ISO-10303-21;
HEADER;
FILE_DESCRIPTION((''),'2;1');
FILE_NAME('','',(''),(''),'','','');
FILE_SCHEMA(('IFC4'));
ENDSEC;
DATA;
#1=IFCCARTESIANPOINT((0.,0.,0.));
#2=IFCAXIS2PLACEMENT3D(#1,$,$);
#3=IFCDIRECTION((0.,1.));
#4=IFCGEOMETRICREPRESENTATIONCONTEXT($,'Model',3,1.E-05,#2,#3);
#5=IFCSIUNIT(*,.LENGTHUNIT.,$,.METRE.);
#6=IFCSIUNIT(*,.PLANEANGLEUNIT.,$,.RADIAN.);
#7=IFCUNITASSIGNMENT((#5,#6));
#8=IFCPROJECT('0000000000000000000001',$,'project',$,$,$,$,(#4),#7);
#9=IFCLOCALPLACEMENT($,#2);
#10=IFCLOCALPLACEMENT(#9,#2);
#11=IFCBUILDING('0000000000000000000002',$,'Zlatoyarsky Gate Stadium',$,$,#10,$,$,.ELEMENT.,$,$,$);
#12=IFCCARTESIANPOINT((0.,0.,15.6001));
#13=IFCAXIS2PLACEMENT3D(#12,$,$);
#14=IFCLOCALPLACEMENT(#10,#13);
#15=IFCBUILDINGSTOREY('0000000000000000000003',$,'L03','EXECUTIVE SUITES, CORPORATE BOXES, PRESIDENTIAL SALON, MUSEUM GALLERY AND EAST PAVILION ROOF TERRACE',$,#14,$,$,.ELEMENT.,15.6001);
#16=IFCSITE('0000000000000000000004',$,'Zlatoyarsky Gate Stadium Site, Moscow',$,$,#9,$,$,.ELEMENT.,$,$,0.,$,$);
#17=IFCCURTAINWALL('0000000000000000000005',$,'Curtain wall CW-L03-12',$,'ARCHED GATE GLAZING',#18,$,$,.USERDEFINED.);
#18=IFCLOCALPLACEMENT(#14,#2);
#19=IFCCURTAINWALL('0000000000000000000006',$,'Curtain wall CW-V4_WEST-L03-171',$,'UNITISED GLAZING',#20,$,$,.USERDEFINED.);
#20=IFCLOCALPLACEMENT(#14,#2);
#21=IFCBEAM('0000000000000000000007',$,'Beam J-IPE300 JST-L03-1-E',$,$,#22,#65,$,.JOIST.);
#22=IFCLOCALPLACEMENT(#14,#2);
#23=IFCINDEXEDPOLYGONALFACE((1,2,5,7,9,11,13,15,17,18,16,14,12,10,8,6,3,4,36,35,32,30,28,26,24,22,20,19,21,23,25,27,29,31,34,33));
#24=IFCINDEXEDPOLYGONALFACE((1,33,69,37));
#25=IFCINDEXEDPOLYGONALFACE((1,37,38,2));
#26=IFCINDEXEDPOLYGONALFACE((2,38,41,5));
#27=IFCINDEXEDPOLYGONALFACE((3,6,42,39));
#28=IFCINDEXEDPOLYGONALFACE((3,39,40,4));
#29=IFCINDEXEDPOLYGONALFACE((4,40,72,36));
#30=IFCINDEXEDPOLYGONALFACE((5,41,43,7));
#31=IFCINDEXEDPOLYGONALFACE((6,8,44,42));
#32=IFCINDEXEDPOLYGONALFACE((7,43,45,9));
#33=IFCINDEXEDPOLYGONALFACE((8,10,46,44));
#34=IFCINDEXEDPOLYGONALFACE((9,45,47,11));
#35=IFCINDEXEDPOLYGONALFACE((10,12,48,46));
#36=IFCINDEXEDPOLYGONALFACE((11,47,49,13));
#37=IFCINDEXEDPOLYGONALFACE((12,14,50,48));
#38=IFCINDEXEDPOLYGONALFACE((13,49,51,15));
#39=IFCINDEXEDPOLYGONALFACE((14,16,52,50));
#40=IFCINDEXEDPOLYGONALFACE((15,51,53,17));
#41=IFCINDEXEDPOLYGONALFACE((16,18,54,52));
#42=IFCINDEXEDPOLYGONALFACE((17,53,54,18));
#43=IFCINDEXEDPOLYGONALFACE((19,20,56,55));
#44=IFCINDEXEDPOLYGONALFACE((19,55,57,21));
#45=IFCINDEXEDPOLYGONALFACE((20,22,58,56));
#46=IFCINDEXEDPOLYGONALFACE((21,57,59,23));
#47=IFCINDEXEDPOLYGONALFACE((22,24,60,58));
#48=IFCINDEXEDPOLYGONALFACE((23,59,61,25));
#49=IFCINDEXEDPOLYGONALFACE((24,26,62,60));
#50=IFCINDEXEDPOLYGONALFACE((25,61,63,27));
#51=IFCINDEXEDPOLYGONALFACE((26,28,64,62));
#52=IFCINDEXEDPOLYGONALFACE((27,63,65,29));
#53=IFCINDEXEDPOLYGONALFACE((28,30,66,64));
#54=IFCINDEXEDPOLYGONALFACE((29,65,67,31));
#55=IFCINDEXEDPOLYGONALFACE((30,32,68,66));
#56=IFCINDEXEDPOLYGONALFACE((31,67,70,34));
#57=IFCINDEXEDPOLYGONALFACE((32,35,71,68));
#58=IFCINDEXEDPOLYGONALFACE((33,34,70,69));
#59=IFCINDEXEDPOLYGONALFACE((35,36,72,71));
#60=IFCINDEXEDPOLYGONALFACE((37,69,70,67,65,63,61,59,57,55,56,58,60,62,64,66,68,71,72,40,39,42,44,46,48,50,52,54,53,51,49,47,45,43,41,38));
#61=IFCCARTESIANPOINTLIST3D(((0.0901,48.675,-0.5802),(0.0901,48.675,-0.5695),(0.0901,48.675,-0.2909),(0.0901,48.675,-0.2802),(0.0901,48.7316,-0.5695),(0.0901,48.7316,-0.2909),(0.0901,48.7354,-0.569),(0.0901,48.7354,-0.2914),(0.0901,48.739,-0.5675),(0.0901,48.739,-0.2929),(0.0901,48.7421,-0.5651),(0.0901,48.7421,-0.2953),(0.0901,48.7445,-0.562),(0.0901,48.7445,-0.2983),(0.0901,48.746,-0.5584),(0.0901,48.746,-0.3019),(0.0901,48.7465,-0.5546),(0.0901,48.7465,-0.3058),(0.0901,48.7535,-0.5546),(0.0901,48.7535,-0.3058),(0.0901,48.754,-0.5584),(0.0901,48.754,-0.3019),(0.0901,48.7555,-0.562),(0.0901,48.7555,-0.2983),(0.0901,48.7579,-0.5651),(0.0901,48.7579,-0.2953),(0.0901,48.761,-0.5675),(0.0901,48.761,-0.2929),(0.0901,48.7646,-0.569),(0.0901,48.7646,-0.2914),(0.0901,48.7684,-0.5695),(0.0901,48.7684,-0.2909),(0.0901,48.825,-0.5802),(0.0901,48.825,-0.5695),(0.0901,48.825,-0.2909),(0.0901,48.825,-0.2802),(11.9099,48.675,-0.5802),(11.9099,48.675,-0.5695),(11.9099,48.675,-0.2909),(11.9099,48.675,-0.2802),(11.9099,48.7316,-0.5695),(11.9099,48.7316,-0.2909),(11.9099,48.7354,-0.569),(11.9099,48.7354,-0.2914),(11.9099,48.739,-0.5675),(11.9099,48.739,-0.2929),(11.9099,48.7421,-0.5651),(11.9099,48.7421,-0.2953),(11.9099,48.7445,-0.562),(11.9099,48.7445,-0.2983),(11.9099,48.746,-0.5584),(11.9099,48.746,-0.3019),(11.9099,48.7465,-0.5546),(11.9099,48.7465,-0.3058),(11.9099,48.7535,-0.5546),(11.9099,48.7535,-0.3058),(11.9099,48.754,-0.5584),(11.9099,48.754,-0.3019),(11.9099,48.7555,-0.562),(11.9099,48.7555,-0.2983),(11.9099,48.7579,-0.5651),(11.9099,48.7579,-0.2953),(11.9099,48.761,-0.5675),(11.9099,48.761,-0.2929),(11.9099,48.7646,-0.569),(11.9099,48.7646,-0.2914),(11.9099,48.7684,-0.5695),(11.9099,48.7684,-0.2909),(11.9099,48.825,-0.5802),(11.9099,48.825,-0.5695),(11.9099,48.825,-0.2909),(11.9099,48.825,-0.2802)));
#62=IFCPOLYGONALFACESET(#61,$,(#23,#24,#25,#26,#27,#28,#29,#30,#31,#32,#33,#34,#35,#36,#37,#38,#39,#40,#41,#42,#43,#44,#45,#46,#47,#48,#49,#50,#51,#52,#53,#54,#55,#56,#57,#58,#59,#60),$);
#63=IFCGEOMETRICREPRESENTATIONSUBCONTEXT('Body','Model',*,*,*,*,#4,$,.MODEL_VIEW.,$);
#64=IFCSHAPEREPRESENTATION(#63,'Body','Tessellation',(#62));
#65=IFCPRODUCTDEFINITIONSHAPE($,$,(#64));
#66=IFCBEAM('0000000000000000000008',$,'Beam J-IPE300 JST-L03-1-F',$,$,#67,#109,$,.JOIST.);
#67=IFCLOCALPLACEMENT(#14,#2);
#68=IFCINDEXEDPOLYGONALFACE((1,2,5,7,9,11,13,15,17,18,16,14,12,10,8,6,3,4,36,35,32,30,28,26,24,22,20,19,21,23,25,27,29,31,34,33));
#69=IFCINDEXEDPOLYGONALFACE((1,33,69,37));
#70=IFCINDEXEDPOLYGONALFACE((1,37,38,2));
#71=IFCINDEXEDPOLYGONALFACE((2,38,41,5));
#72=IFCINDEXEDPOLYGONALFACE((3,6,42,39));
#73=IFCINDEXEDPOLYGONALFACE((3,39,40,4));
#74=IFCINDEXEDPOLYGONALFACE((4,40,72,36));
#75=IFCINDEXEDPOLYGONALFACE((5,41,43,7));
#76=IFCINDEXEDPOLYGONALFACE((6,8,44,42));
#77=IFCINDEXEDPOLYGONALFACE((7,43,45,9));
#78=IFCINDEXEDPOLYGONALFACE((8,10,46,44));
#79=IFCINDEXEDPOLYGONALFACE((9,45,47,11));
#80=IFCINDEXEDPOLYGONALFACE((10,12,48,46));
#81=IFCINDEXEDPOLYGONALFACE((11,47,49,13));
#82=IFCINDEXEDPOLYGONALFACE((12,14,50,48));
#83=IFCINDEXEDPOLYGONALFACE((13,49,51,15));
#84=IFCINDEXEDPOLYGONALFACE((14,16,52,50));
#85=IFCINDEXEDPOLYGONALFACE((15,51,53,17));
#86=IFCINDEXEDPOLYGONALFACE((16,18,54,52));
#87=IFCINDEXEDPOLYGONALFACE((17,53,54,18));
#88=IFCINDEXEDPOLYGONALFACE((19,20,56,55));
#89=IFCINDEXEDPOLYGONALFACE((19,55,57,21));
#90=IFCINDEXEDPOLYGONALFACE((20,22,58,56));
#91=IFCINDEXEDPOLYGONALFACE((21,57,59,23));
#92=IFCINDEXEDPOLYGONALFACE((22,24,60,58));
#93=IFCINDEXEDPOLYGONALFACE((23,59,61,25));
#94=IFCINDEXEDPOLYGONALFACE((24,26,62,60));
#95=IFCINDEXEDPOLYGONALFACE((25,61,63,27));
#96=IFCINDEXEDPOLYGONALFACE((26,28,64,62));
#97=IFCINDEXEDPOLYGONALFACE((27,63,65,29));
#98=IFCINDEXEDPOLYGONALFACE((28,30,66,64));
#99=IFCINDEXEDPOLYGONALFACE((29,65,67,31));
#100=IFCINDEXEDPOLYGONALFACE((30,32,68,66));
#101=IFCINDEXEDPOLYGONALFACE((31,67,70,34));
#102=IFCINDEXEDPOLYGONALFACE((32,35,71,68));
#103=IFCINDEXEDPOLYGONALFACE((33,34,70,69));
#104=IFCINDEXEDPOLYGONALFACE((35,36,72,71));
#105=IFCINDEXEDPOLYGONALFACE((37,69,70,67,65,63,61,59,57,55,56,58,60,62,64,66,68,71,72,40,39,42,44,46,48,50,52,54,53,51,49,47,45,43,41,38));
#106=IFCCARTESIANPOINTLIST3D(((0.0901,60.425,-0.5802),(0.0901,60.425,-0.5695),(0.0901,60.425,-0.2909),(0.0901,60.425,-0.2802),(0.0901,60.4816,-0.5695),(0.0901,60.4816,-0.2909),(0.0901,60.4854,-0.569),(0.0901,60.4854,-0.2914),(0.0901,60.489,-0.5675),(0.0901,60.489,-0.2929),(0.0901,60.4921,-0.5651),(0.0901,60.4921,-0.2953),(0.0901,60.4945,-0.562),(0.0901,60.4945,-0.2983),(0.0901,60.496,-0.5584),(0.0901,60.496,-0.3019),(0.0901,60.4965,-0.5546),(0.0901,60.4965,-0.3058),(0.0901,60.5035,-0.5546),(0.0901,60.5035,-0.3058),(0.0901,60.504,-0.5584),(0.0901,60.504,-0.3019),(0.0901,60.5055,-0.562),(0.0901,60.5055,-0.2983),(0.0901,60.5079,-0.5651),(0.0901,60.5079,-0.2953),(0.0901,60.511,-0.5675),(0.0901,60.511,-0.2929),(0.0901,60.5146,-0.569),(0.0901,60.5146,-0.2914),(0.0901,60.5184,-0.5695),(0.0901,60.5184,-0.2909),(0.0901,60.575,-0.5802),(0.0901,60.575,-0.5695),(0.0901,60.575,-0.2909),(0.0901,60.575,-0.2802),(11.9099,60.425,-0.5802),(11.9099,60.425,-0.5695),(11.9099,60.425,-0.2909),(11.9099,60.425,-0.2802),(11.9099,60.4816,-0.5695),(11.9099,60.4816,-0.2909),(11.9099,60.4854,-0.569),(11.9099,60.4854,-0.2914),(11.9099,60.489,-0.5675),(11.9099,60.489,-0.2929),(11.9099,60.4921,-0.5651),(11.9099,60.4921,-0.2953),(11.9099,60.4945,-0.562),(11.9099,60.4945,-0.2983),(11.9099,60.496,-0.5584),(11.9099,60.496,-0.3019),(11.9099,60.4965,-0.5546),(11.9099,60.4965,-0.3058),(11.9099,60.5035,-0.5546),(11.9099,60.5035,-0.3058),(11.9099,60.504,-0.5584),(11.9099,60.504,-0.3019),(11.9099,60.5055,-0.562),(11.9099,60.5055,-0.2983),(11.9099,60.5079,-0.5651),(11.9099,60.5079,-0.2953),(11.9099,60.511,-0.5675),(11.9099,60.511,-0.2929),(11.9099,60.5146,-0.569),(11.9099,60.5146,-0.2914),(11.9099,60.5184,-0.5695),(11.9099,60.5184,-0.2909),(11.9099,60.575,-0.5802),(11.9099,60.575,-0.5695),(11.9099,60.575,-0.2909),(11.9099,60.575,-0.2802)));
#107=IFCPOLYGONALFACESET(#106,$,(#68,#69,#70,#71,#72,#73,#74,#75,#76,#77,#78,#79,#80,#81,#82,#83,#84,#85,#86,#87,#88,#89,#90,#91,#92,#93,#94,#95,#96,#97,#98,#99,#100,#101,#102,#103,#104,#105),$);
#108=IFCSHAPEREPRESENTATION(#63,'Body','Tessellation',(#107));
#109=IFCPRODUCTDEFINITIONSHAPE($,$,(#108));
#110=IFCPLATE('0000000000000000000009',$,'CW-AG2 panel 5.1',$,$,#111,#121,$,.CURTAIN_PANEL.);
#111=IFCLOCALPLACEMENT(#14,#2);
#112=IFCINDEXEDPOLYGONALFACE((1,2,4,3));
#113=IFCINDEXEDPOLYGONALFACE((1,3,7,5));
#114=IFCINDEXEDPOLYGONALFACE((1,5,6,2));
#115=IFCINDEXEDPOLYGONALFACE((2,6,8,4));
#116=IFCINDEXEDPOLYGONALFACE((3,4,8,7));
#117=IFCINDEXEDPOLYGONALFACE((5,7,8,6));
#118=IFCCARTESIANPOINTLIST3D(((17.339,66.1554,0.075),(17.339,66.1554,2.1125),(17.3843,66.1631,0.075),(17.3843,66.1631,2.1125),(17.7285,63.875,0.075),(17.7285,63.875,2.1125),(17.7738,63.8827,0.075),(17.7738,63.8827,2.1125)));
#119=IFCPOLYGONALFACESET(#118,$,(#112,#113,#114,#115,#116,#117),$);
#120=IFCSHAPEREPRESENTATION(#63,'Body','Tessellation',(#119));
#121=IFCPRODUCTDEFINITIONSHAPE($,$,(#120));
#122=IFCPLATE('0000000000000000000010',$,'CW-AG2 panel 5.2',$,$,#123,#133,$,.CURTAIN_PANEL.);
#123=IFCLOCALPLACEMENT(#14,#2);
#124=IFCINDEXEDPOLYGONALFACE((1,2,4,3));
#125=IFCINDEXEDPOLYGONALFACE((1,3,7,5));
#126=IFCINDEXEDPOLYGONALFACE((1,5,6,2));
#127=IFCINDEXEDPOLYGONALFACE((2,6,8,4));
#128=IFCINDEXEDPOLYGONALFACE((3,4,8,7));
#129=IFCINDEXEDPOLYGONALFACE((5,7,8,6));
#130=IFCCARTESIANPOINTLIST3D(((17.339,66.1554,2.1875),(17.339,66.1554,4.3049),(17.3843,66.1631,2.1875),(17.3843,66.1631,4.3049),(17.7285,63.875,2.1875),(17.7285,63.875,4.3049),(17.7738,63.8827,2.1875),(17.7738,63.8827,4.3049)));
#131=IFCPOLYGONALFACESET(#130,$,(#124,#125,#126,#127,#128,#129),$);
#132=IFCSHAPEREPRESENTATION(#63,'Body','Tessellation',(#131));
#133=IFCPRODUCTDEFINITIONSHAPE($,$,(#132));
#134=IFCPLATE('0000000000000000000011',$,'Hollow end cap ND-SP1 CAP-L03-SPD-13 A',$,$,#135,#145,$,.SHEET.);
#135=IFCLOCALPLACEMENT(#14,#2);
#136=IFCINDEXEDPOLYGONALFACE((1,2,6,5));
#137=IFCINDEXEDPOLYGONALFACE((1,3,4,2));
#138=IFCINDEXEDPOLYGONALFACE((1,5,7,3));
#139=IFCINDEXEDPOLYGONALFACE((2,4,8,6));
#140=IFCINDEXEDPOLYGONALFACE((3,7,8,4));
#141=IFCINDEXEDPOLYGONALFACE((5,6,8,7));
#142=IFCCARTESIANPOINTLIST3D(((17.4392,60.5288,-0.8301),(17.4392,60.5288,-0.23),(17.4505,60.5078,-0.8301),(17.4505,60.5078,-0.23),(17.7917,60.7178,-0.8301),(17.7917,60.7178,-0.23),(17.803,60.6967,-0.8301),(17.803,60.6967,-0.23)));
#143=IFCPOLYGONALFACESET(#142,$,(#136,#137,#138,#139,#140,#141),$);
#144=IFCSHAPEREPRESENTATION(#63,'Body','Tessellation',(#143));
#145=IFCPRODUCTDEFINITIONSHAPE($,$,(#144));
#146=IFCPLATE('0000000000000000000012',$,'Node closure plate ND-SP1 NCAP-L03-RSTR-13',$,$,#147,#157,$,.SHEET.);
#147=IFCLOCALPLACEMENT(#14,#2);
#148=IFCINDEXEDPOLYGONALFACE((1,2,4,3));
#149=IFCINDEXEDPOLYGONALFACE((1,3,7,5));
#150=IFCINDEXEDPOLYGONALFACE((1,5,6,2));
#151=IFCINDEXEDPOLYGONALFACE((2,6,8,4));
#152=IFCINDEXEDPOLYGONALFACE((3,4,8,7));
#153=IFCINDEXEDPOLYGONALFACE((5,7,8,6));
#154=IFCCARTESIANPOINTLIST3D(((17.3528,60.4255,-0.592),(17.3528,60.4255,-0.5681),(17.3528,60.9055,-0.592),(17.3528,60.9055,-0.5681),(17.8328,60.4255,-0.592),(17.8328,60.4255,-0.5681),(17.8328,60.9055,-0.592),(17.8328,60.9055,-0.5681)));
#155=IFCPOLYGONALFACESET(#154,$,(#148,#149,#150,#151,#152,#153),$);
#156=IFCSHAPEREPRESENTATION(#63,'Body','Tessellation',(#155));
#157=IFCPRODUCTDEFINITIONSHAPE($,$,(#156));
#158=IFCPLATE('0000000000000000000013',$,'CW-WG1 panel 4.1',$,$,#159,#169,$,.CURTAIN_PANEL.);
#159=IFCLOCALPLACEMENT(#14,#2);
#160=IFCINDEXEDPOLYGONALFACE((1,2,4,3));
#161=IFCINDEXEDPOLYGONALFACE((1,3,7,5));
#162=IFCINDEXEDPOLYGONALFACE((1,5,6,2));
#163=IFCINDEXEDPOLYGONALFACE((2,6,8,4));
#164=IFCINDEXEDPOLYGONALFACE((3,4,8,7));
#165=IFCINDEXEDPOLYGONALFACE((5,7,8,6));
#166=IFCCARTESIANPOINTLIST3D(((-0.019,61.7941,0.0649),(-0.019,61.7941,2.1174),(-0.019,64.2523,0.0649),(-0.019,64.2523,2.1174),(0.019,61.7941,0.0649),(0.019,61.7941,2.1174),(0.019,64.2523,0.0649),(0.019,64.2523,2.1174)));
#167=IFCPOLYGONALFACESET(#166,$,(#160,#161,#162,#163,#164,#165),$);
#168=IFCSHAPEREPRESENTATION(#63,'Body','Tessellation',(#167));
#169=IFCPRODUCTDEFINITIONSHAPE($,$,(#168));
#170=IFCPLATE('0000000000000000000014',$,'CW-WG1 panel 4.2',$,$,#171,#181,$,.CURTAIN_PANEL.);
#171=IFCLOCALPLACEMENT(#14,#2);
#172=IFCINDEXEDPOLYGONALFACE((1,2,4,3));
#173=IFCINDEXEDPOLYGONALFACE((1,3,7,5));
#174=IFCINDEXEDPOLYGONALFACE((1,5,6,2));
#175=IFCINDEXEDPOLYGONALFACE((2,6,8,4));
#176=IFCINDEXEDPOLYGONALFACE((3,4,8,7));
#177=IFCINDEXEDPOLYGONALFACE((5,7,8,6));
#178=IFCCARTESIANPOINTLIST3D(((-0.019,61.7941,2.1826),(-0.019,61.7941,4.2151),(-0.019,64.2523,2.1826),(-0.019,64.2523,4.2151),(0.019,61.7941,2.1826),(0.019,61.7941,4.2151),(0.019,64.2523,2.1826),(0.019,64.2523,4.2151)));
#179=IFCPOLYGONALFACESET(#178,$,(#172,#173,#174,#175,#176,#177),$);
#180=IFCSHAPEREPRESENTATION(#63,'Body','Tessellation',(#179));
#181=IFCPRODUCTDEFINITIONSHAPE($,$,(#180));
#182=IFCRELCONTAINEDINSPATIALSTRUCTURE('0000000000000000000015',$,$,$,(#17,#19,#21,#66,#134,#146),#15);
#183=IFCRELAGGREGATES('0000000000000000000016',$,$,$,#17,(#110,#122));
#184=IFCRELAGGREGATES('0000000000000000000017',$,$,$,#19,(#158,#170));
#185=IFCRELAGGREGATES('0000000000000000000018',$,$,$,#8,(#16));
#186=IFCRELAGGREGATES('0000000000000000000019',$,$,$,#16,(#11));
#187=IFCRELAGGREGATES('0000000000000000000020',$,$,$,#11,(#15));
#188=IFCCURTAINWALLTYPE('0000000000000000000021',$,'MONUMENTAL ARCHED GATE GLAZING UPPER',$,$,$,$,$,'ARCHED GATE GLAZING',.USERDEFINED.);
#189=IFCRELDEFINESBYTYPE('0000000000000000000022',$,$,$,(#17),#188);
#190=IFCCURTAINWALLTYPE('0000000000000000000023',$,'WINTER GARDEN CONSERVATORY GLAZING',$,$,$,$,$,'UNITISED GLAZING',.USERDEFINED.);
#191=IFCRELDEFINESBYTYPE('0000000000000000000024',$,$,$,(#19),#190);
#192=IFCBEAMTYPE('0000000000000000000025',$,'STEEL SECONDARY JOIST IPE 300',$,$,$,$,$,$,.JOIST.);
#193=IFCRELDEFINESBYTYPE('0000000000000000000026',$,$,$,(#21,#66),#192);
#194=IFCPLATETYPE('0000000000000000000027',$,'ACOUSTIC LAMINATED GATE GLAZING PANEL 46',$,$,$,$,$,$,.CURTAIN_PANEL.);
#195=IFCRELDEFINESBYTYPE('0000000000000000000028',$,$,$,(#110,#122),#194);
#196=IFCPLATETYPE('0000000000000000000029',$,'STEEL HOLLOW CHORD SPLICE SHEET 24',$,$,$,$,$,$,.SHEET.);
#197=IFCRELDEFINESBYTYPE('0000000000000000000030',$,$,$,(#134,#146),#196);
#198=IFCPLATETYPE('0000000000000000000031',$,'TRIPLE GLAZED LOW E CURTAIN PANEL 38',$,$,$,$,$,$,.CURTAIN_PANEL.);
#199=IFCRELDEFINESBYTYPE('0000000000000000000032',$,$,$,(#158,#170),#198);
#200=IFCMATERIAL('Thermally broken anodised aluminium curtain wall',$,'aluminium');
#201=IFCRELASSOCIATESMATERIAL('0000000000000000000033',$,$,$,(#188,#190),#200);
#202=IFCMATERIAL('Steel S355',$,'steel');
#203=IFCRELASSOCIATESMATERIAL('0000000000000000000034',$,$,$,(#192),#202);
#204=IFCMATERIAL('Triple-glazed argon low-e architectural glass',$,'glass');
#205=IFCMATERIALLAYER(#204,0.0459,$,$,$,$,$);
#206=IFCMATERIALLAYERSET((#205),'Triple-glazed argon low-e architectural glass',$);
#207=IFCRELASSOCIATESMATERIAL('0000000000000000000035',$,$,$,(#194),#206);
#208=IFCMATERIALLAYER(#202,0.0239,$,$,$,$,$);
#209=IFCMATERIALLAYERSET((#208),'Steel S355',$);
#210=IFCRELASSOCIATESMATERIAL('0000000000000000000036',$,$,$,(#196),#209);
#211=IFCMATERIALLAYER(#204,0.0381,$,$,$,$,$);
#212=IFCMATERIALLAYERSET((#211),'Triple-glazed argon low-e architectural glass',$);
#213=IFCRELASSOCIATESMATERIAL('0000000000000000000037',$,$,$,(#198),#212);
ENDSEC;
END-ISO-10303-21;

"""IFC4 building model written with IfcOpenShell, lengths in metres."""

from ifc_helpers import new_model, si_unit, direction, frame, origin, origin_2d, place, context, subcontext, project, spatial, rectangle, i_section, extrude, material, layer, layer_set, material_profile, profile_set, type_object, element, aggregate, save


model = new_model("IFC4")

# Units and contexts
model_context = context("Model", 3, precision=1e-05, world=origin(), true_north=direction((0.0, 1.0)))
body_context = subcontext(model_context, "Body", "Model", "MODEL_VIEW")
ifc_project = project(units=[si_unit("LENGTHUNIT", "METRE"), si_unit("PLANEANGLEUNIT", "RADIAN")], contexts=[model_context])

# Site, building, storey
site_placement = place(None, origin())
site = spatial("IfcSite", under=ifc_project, at=site_placement, Name="Zlatoyarsky Gate Stadium Site, Moscow", CompositionType="ELEMENT", RefElevation=0.0)
building_placement = place(site_placement, origin())
building = spatial("IfcBuilding", under=site, at=building_placement, Name="Zlatoyarsky Gate Stadium", CompositionType="ELEMENT")
storey_placement = place(building_placement, frame((0.0, 0.0, 15.6001)))
storey = spatial("IfcBuildingStorey", under=building, at=storey_placement, Name="L03", Description="EXECUTIVE SUITES, CORPORATE BOXES, PRESIDENTIAL SALON, MUSEUM GALLERY AND EAST PAVILION ROOF TERRACE", CompositionType="ELEMENT", Elevation=15.6001)

# Shared definitions
ifc_material_1 = material(Name="Steel S355", Category="steel")

# Curtain walls
ifc_material_2 = material(Name="Thermally broken anodised aluminium curtain wall", Category="aluminium")
curtain_wall_type_1 = type_object("IfcCurtainWallType", Name="MONUMENTAL ARCHED GATE GLAZING UPPER", ElementType="ARCHED GATE GLAZING", PredefinedType="USERDEFINED", material=ifc_material_2)
curtain_wall_1_placement = place(storey_placement, origin())
curtain_wall_1 = element("IfcCurtainWall", 1, at=curtain_wall_1_placement, inside=storey, type_object=curtain_wall_type_1, Name="Curtain wall CW-L03-12", ObjectType="ARCHED GATE GLAZING", PredefinedType="USERDEFINED")
curtain_wall_type_2 = type_object("IfcCurtainWallType", Name="WINTER GARDEN CONSERVATORY GLAZING", ElementType="UNITISED GLAZING", PredefinedType="USERDEFINED", material=ifc_material_2)
curtain_wall_2_placement = place(storey_placement, origin())
curtain_wall_2 = element("IfcCurtainWall", 2, at=curtain_wall_2_placement, inside=storey, type_object=curtain_wall_type_2, Name="Curtain wall CW-V4_WEST-L03-171", ObjectType="UNITISED GLAZING", PredefinedType="USERDEFINED")

# Beams
ifc_material_profile_1 = material_profile(ifc_material_1, i_section(OverallWidth=0.1499, OverallDepth=0.3, WebThickness=0.0071, FlangeThickness=0.0107, FilletRadius=0.0149, at=origin_2d()), Name="IPE 300")
ifc_profile_set_1 = profile_set([ifc_material_profile_1], Name="Steel S355")
beam_type_1 = type_object("IfcBeamType", Name="STEEL SECONDARY JOIST IPE 300", PredefinedType="JOIST", material=ifc_profile_set_1)
for number, where, z_axis, x_axis, name in (
    (3, (0.0901, 48.75, -0.4302), (1.0, 0.0, 0.0), (0.0, 1.0, 0.0), "Beam J-IPE300 JST-L03-1-E"),
    (4, (0.0901, 60.5, -0.4302), (1.0, 0.0, 0.0), (0.0, 1.0, 0.0), "Beam J-IPE300 JST-L03-1-F"),
):
    element("IfcBeam", number, at=place(storey_placement, frame(where, z_axis=z_axis, x_axis=x_axis)), inside=storey, type_object=beam_type_1, Name=name, PredefinedType="JOIST", context=body_context, shape_type="SweptSolid", body=[
        extrude(i_section(OverallWidth=0.1499, OverallDepth=0.3, WebThickness=0.0071, FlangeThickness=0.0107, FilletRadius=0.0149, at=origin_2d()), origin(), (0.0, 0.0, 1.0), 11.8198),
    ])

# Plates
ifc_material_3 = material(Name="Triple-glazed argon low-e architectural glass", Category="glass")
ifc_layer_1 = layer(ifc_material_3, 0.0459)
ifc_layer_set_1 = layer_set([ifc_layer_1], Name="Triple-glazed argon low-e architectural glass")
plate_type_1 = type_object("IfcPlateType", Name="ACOUSTIC LAMINATED GATE GLAZING PANEL 46", PredefinedType="CURTAIN_PANEL", material=ifc_layer_set_1)
plate_1_placement = place(storey_placement, frame((17.5564, 65.019, 0.075), z_axis=(0.0, 0.0, 1.0), x_axis=(0.168354, -0.985727, 0.0)))
plate_1 = element("IfcPlate", 5, at=plate_1_placement, type_object=plate_type_1, Name="CW-AG2 panel 5.1", PredefinedType="CURTAIN_PANEL", context=body_context, shape_type="SweptSolid", body=[
    extrude(rectangle(XDim=2.3135, YDim=0.0459, at=origin_2d()), origin(), (0.0, 0.0, 1.0), 2.0376),
])
plate_2_placement = place(storey_placement, frame((17.5564, 65.019, 2.1875), z_axis=(0.0, 0.0, 1.0), x_axis=(0.168354, -0.985727, 0.0)))
plate_2 = element("IfcPlate", 6, at=plate_2_placement, type_object=plate_type_1, Name="CW-AG2 panel 5.2", PredefinedType="CURTAIN_PANEL", context=body_context, shape_type="SweptSolid", body=[
    extrude(rectangle(XDim=2.3135, YDim=0.0459, at=origin_2d()), origin(), (0.0, 0.0, 1.0), 2.1174),
])
aggregate(curtain_wall_1, [plate_1, plate_2])

# Plates
ifc_layer_2 = layer(ifc_material_1, 0.0239)
ifc_layer_set_2 = layer_set([ifc_layer_2], Name="Steel S355")
plate_type_2 = type_object("IfcPlateType", Name="STEEL HOLLOW CHORD SPLICE SHEET 24", PredefinedType="SHEET", material=ifc_layer_set_2)
plate_3_placement = place(storey_placement, frame((17.6211, 60.6128, -0.8301), z_axis=(0.0, 0.0, 1.0), x_axis=(0.472556, -0.881301, 0.0)))
element("IfcPlate", 7, at=plate_3_placement, inside=storey, type_object=plate_type_2, Name="Hollow end cap ND-SP1 CAP-L03-SPD-13 A", PredefinedType="SHEET", context=body_context, shape_type="SweptSolid", body=[
    extrude(rectangle(XDim=0.0239, YDim=0.3999, at=origin_2d()), origin(), (0.0, 0.0, 1.0), 0.6001),
])
plate_4_placement = place(storey_placement, frame((17.5928, 60.6655, -0.592), z_axis=(0.0, 0.0, 1.0), x_axis=(1.0, 0.0, 0.0)))
element("IfcPlate", 8, at=plate_4_placement, inside=storey, type_object=plate_type_2, Name="Node closure plate ND-SP1 NCAP-L03-RSTR-13", PredefinedType="SHEET", context=body_context, shape_type="SweptSolid", body=[
    extrude(rectangle(XDim=0.48, YDim=0.48, at=origin_2d()), origin(), (0.0, 0.0, 1.0), 0.0239),
])

# Plates
ifc_layer_3 = layer(ifc_material_3, 0.0381)
ifc_layer_set_3 = layer_set([ifc_layer_3], Name="Triple-glazed argon low-e architectural glass")
plate_type_3 = type_object("IfcPlateType", Name="TRIPLE GLAZED LOW E CURTAIN PANEL 38", PredefinedType="CURTAIN_PANEL", material=ifc_layer_set_3)
plate_5_placement = place(storey_placement, frame((0.0, 63.0232, 0.0649), z_axis=(0.0, 0.0, 1.0), x_axis=(0.0, 1.0, 0.0)))
plate_5 = element("IfcPlate", 9, at=plate_5_placement, type_object=plate_type_3, Name="CW-WG1 panel 4.1", PredefinedType="CURTAIN_PANEL", context=body_context, shape_type="SweptSolid", body=[
    extrude(rectangle(XDim=2.4583, YDim=0.0381, at=origin_2d()), origin(), (0.0, 0.0, 1.0), 2.0525),
])
plate_6_placement = place(storey_placement, frame((0.0, 63.0232, 2.1826), z_axis=(0.0, 0.0, 1.0), x_axis=(0.0, 1.0, 0.0)))
plate_6 = element("IfcPlate", 10, at=plate_6_placement, type_object=plate_type_3, Name="CW-WG1 panel 4.2", PredefinedType="CURTAIN_PANEL", context=body_context, shape_type="SweptSolid", body=[
    extrude(rectangle(XDim=2.4583, YDim=0.0381, at=origin_2d()), origin(), (0.0, 0.0, 1.0), 2.0325),
])
aggregate(curtain_wall_2, [plate_5, plate_6])

save(model, "model.ifc")
